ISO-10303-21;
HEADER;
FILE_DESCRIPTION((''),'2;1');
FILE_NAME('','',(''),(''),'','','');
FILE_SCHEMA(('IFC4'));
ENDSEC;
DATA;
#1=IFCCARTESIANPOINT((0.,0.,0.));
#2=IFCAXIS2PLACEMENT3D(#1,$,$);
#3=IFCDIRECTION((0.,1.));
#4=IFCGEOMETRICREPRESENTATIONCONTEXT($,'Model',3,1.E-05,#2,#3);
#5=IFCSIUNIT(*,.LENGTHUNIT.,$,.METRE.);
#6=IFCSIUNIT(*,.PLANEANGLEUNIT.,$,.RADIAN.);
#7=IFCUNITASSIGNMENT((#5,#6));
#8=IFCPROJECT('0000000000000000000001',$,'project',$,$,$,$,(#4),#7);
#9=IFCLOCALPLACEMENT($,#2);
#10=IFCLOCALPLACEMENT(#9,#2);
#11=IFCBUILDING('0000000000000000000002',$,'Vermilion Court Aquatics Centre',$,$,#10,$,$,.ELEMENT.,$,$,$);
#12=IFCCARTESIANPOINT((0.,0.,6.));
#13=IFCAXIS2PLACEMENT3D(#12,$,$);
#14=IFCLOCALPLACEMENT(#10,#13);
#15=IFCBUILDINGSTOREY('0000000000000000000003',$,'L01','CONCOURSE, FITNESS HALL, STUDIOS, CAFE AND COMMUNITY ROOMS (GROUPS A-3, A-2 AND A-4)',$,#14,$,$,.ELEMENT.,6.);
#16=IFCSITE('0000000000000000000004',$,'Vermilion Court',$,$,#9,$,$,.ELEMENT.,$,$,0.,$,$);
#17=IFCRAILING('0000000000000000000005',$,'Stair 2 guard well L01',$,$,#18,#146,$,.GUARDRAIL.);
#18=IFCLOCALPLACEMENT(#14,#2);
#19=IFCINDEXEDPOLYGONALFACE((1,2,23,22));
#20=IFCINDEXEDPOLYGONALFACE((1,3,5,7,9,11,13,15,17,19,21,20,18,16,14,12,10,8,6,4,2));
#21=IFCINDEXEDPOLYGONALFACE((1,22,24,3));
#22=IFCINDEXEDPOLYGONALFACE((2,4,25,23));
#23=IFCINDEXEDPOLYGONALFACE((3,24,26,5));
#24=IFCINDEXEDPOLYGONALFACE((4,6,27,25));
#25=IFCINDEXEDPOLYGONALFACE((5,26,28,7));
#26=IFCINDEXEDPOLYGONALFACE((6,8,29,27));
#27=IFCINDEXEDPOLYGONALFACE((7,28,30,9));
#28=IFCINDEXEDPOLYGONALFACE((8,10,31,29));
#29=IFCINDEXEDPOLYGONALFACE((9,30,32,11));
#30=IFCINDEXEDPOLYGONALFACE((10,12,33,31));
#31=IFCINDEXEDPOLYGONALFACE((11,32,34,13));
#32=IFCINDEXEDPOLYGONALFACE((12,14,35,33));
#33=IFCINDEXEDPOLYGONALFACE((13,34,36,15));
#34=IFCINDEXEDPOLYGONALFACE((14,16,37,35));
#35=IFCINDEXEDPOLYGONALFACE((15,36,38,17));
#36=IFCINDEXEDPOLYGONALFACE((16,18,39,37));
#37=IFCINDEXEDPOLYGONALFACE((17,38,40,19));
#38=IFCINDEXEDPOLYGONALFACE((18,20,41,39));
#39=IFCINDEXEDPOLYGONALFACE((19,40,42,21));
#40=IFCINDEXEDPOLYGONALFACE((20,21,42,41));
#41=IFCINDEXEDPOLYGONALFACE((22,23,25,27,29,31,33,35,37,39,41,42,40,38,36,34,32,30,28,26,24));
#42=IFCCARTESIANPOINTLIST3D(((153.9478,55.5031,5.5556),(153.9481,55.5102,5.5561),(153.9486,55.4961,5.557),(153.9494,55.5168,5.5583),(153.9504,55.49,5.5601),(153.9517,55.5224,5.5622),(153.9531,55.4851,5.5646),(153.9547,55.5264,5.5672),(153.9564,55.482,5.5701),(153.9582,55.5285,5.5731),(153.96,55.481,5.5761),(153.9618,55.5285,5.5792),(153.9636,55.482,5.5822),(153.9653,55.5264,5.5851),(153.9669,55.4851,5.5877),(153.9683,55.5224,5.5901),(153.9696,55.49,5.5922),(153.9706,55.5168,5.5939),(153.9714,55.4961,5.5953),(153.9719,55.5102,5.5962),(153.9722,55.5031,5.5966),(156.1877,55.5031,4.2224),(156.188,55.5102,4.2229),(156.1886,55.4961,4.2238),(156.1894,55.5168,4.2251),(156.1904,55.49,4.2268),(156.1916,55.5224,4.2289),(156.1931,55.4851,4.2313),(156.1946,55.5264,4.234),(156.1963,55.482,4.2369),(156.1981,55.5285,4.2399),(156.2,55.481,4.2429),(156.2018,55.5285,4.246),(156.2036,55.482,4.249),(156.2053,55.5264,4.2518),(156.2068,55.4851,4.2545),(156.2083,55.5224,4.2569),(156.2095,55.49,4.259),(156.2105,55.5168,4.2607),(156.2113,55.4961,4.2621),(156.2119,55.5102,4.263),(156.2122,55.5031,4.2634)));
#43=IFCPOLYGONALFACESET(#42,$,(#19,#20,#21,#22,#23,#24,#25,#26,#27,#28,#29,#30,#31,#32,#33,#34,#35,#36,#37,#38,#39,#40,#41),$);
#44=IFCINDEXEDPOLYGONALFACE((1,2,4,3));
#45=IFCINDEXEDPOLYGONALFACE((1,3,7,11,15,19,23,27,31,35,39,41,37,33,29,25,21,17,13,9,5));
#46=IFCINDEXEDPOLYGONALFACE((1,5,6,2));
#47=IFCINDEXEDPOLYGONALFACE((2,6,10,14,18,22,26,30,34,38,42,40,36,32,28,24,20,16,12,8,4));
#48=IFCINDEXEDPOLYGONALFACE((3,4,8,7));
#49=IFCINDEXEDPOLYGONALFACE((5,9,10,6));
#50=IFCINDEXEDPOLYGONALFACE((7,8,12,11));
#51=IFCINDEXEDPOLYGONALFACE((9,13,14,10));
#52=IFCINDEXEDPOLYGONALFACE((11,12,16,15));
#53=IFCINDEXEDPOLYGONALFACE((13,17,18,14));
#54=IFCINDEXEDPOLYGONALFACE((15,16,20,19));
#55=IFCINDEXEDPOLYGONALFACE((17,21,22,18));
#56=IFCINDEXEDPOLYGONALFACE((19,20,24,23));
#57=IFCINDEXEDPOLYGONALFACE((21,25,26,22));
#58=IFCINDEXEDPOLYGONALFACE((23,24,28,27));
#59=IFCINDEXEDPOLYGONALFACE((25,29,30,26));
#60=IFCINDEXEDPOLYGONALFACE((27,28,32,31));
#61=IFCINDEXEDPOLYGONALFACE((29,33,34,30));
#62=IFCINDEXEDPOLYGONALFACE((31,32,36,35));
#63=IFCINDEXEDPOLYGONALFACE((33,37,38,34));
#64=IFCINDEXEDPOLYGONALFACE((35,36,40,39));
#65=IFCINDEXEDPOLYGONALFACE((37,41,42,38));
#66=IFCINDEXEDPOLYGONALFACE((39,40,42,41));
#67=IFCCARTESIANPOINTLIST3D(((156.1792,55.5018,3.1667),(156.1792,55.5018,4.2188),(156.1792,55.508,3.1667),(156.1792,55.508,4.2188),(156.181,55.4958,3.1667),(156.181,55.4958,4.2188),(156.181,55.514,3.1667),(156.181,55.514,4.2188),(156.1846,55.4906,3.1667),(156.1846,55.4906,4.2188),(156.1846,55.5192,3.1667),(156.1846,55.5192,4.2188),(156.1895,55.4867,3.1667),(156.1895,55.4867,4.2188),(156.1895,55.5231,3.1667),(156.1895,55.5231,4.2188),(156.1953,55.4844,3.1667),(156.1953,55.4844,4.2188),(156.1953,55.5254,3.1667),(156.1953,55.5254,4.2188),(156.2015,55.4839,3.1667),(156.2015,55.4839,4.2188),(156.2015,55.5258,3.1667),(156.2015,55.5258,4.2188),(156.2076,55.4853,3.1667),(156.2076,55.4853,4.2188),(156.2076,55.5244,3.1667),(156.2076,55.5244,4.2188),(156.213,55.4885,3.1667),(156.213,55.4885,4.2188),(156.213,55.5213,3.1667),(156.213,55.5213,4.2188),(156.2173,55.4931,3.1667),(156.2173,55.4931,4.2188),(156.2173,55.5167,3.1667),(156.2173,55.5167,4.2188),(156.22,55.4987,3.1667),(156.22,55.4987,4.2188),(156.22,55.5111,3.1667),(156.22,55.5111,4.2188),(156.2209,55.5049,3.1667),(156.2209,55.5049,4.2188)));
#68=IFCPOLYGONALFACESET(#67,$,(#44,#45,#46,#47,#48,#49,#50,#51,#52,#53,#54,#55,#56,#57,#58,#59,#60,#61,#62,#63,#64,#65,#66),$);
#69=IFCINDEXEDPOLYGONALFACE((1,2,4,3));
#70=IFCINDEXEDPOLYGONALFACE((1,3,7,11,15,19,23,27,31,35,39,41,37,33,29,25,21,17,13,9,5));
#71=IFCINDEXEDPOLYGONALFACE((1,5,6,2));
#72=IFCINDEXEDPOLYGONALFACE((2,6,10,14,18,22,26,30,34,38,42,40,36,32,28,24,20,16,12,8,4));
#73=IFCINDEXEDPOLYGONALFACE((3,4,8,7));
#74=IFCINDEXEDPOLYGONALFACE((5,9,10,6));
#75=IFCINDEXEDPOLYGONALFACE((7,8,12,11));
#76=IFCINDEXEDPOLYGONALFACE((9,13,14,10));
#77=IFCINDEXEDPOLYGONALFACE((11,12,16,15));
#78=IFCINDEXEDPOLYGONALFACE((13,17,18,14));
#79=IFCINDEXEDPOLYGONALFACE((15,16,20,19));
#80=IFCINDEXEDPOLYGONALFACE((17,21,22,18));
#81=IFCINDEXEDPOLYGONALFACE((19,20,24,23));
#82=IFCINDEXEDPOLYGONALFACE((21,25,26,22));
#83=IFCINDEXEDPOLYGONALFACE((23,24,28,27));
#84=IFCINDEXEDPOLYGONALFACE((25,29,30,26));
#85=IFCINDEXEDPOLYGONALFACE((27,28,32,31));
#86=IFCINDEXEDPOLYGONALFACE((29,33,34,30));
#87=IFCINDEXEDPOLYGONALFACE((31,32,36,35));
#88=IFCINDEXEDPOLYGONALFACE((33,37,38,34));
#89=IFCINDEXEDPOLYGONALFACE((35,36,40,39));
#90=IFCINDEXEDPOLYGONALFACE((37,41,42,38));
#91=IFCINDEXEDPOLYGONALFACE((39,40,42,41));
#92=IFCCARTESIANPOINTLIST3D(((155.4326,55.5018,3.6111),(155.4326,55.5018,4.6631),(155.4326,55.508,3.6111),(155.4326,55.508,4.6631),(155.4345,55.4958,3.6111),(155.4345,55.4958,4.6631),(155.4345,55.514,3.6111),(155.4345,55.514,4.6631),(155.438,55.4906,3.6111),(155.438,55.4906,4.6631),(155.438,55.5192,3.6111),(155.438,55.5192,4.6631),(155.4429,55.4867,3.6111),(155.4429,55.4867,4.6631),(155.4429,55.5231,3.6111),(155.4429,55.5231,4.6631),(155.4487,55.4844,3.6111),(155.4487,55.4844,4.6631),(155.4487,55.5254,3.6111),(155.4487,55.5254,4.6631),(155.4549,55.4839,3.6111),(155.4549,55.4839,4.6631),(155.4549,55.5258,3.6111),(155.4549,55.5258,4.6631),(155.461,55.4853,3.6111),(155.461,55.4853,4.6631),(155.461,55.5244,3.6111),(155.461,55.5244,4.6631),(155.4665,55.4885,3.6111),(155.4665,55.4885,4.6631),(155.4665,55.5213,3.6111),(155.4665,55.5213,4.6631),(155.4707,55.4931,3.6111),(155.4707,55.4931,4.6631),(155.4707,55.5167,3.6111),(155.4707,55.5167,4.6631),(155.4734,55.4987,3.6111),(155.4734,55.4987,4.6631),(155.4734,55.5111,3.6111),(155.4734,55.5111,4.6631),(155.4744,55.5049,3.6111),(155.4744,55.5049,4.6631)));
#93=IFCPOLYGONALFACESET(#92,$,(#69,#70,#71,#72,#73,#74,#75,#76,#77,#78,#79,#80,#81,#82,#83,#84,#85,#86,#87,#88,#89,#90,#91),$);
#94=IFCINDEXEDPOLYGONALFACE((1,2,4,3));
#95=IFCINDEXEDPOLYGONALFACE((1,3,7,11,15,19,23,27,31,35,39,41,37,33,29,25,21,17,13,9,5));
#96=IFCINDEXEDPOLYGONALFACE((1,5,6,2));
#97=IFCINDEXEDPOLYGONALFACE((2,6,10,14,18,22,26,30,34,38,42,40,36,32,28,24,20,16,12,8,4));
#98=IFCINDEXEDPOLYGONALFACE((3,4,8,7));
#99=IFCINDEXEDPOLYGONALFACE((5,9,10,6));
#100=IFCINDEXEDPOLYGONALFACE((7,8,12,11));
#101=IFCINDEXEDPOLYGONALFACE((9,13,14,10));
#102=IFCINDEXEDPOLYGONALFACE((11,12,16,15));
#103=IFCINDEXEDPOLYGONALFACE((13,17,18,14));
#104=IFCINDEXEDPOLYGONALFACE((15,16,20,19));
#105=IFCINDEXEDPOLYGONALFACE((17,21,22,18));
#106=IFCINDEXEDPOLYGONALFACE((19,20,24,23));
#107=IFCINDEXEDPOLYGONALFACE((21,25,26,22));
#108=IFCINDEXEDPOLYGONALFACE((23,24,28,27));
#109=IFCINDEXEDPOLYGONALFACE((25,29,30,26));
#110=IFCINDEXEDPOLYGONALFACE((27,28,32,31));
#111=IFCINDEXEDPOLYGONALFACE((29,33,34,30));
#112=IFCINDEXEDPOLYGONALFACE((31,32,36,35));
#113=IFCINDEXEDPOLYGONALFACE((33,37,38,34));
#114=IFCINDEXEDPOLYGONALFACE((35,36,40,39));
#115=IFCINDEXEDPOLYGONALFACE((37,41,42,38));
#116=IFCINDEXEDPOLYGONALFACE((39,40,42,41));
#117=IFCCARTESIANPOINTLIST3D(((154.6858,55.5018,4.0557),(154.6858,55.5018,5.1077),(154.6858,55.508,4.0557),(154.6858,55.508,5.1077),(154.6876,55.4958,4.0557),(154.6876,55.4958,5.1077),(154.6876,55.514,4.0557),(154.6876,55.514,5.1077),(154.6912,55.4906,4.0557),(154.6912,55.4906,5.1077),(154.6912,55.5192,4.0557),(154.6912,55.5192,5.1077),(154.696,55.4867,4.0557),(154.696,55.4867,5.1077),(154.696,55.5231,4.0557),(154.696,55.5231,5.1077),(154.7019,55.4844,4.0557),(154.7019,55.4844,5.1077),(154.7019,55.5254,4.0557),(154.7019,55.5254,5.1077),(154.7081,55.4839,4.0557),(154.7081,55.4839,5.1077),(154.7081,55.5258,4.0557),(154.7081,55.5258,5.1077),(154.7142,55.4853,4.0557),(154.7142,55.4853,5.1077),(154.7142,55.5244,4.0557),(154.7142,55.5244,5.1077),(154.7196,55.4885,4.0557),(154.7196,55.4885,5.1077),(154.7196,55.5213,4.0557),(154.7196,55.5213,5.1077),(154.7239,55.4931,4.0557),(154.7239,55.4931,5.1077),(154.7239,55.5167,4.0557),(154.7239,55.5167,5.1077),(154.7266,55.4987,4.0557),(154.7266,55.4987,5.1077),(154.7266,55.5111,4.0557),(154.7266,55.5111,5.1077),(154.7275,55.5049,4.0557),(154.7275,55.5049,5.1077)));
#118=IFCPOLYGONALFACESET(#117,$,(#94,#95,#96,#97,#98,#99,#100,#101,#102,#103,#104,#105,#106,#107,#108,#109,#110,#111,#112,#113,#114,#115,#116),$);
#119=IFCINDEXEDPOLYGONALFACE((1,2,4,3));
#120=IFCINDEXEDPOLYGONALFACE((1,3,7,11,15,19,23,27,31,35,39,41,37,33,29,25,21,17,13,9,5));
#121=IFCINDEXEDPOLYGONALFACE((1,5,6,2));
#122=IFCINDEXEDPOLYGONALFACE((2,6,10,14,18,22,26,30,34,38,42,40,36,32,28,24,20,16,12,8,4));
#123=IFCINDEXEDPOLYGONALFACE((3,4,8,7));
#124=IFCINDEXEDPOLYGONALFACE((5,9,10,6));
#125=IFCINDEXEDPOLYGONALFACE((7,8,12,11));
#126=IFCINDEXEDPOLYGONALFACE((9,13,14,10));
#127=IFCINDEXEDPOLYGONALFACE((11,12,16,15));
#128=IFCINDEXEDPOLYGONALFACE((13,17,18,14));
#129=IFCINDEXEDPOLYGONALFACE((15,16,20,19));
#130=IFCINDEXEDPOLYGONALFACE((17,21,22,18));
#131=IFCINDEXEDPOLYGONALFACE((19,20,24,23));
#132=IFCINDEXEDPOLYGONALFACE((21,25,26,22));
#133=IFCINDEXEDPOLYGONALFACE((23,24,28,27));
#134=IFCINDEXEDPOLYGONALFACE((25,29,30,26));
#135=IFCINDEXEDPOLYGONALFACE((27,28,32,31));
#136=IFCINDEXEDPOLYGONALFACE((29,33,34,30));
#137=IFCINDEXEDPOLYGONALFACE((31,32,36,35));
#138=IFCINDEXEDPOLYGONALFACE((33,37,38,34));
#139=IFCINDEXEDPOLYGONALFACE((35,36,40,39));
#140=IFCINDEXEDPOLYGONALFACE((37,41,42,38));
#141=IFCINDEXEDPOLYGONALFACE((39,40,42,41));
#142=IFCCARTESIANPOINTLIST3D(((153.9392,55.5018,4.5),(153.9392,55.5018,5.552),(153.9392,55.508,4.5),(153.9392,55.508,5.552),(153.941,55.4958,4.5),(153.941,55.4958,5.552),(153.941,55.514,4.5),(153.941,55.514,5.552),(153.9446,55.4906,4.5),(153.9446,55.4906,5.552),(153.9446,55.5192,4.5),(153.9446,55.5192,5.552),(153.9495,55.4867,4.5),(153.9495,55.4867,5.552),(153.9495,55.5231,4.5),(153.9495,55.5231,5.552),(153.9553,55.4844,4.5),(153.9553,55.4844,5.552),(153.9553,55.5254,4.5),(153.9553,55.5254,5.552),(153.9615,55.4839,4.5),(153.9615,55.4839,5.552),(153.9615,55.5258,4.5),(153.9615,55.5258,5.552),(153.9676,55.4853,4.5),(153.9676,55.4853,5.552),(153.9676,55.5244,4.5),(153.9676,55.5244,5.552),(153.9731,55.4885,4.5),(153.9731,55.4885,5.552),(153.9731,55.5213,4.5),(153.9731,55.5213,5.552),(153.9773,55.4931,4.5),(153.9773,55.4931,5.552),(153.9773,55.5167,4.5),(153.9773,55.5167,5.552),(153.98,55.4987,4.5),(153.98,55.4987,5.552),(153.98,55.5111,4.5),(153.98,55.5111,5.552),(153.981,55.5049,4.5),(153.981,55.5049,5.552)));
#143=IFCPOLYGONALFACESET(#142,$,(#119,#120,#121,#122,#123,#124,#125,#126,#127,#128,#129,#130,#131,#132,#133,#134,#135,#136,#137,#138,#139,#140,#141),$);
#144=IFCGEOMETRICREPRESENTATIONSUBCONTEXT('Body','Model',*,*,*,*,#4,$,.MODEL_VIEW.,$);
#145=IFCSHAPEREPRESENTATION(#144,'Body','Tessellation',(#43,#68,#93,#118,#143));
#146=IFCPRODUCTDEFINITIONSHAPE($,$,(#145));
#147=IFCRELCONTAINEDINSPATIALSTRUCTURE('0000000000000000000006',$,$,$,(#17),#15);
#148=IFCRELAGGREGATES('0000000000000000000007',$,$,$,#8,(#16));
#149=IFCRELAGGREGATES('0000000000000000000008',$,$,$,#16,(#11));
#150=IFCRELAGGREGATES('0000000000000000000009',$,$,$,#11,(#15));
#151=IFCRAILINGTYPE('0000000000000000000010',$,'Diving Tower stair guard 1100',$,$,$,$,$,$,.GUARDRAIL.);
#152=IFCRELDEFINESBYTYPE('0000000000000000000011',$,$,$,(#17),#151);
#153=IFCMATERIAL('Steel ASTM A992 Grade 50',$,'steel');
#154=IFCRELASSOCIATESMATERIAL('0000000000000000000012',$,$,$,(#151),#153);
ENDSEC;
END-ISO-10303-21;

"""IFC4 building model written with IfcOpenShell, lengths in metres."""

from ifc_helpers import new_model, si_unit, direction, frame, origin, origin_2d, place, context, subcontext, project, spatial, circle, extrude, material, type_object, element, save


model = new_model("IFC4")

# Units and contexts
model_context = context("Model", 3, precision=1e-05, world=origin(), true_north=direction((0.0, 1.0)))
body_context = subcontext(model_context, "Body", "Model", "MODEL_VIEW")
ifc_project = project(units=[si_unit("LENGTHUNIT", "METRE"), si_unit("PLANEANGLEUNIT", "RADIAN")], contexts=[model_context])

# Site, building, storey
site_placement = place(None, origin())
site = spatial("IfcSite", under=ifc_project, at=site_placement, Name="Vermilion Court", CompositionType="ELEMENT", RefElevation=0.0)
building_placement = place(site_placement, origin())
building = spatial("IfcBuilding", under=site, at=building_placement, Name="Vermilion Court Aquatics Centre", CompositionType="ELEMENT")
storey_placement = place(building_placement, frame((0.0, 0.0, 6.0)))
storey = spatial("IfcBuildingStorey", under=building, at=storey_placement, Name="L01", Description="CONCOURSE, FITNESS HALL, STUDIOS, CAFE AND COMMUNITY ROOMS (GROUPS A-3, A-2 AND A-4)", CompositionType="ELEMENT", Elevation=6.0)

# Railing
ifc_material_1 = material(Name="Steel ASTM A992 Grade 50", Category="steel")
railing_type_1 = type_object("IfcRailingType", Name="Diving Tower stair guard 1100", PredefinedType="GUARDRAIL", material=ifc_material_1)
for number, where, name in (
    (1, (156.2, 55.5049, 3.1667), "Stair 2 guard well L01"),
):
    element("IfcRailing", number, at=place(storey_placement, frame(where)), inside=storey, type_object=railing_type_1, Name=name, PredefinedType="GUARDRAIL", context=body_context, shape_type="SweptSolid", body=[
        extrude(circle(Radius=0.0239, at=origin_2d()), frame((0.0, 0.0, 1.0762), z_axis=(-0.859306, 0.0, 0.511462), x_axis=(0.0, -1.0, 0.0)), (0.0, 0.0, 1.0), 2.6067),
        extrude(circle(Radius=0.021, at=origin_2d()), origin(), (0.0, 0.0, 1.0), 1.052),
        extrude(circle(Radius=0.021, at=origin_2d()), frame((-0.7466, 0.0, 0.4443)), (0.0, 0.0, 1.0), 1.052),
        extrude(circle(Radius=0.021, at=origin_2d()), frame((-1.4934, 0.0, 0.8889)), (0.0, 0.0, 1.0), 1.052),
        extrude(circle(Radius=0.021, at=origin_2d()), frame((-2.24, 0.0, 1.3333)), (0.0, 0.0, 1.0), 1.052),
    ])

save(model, "model.ifc")
